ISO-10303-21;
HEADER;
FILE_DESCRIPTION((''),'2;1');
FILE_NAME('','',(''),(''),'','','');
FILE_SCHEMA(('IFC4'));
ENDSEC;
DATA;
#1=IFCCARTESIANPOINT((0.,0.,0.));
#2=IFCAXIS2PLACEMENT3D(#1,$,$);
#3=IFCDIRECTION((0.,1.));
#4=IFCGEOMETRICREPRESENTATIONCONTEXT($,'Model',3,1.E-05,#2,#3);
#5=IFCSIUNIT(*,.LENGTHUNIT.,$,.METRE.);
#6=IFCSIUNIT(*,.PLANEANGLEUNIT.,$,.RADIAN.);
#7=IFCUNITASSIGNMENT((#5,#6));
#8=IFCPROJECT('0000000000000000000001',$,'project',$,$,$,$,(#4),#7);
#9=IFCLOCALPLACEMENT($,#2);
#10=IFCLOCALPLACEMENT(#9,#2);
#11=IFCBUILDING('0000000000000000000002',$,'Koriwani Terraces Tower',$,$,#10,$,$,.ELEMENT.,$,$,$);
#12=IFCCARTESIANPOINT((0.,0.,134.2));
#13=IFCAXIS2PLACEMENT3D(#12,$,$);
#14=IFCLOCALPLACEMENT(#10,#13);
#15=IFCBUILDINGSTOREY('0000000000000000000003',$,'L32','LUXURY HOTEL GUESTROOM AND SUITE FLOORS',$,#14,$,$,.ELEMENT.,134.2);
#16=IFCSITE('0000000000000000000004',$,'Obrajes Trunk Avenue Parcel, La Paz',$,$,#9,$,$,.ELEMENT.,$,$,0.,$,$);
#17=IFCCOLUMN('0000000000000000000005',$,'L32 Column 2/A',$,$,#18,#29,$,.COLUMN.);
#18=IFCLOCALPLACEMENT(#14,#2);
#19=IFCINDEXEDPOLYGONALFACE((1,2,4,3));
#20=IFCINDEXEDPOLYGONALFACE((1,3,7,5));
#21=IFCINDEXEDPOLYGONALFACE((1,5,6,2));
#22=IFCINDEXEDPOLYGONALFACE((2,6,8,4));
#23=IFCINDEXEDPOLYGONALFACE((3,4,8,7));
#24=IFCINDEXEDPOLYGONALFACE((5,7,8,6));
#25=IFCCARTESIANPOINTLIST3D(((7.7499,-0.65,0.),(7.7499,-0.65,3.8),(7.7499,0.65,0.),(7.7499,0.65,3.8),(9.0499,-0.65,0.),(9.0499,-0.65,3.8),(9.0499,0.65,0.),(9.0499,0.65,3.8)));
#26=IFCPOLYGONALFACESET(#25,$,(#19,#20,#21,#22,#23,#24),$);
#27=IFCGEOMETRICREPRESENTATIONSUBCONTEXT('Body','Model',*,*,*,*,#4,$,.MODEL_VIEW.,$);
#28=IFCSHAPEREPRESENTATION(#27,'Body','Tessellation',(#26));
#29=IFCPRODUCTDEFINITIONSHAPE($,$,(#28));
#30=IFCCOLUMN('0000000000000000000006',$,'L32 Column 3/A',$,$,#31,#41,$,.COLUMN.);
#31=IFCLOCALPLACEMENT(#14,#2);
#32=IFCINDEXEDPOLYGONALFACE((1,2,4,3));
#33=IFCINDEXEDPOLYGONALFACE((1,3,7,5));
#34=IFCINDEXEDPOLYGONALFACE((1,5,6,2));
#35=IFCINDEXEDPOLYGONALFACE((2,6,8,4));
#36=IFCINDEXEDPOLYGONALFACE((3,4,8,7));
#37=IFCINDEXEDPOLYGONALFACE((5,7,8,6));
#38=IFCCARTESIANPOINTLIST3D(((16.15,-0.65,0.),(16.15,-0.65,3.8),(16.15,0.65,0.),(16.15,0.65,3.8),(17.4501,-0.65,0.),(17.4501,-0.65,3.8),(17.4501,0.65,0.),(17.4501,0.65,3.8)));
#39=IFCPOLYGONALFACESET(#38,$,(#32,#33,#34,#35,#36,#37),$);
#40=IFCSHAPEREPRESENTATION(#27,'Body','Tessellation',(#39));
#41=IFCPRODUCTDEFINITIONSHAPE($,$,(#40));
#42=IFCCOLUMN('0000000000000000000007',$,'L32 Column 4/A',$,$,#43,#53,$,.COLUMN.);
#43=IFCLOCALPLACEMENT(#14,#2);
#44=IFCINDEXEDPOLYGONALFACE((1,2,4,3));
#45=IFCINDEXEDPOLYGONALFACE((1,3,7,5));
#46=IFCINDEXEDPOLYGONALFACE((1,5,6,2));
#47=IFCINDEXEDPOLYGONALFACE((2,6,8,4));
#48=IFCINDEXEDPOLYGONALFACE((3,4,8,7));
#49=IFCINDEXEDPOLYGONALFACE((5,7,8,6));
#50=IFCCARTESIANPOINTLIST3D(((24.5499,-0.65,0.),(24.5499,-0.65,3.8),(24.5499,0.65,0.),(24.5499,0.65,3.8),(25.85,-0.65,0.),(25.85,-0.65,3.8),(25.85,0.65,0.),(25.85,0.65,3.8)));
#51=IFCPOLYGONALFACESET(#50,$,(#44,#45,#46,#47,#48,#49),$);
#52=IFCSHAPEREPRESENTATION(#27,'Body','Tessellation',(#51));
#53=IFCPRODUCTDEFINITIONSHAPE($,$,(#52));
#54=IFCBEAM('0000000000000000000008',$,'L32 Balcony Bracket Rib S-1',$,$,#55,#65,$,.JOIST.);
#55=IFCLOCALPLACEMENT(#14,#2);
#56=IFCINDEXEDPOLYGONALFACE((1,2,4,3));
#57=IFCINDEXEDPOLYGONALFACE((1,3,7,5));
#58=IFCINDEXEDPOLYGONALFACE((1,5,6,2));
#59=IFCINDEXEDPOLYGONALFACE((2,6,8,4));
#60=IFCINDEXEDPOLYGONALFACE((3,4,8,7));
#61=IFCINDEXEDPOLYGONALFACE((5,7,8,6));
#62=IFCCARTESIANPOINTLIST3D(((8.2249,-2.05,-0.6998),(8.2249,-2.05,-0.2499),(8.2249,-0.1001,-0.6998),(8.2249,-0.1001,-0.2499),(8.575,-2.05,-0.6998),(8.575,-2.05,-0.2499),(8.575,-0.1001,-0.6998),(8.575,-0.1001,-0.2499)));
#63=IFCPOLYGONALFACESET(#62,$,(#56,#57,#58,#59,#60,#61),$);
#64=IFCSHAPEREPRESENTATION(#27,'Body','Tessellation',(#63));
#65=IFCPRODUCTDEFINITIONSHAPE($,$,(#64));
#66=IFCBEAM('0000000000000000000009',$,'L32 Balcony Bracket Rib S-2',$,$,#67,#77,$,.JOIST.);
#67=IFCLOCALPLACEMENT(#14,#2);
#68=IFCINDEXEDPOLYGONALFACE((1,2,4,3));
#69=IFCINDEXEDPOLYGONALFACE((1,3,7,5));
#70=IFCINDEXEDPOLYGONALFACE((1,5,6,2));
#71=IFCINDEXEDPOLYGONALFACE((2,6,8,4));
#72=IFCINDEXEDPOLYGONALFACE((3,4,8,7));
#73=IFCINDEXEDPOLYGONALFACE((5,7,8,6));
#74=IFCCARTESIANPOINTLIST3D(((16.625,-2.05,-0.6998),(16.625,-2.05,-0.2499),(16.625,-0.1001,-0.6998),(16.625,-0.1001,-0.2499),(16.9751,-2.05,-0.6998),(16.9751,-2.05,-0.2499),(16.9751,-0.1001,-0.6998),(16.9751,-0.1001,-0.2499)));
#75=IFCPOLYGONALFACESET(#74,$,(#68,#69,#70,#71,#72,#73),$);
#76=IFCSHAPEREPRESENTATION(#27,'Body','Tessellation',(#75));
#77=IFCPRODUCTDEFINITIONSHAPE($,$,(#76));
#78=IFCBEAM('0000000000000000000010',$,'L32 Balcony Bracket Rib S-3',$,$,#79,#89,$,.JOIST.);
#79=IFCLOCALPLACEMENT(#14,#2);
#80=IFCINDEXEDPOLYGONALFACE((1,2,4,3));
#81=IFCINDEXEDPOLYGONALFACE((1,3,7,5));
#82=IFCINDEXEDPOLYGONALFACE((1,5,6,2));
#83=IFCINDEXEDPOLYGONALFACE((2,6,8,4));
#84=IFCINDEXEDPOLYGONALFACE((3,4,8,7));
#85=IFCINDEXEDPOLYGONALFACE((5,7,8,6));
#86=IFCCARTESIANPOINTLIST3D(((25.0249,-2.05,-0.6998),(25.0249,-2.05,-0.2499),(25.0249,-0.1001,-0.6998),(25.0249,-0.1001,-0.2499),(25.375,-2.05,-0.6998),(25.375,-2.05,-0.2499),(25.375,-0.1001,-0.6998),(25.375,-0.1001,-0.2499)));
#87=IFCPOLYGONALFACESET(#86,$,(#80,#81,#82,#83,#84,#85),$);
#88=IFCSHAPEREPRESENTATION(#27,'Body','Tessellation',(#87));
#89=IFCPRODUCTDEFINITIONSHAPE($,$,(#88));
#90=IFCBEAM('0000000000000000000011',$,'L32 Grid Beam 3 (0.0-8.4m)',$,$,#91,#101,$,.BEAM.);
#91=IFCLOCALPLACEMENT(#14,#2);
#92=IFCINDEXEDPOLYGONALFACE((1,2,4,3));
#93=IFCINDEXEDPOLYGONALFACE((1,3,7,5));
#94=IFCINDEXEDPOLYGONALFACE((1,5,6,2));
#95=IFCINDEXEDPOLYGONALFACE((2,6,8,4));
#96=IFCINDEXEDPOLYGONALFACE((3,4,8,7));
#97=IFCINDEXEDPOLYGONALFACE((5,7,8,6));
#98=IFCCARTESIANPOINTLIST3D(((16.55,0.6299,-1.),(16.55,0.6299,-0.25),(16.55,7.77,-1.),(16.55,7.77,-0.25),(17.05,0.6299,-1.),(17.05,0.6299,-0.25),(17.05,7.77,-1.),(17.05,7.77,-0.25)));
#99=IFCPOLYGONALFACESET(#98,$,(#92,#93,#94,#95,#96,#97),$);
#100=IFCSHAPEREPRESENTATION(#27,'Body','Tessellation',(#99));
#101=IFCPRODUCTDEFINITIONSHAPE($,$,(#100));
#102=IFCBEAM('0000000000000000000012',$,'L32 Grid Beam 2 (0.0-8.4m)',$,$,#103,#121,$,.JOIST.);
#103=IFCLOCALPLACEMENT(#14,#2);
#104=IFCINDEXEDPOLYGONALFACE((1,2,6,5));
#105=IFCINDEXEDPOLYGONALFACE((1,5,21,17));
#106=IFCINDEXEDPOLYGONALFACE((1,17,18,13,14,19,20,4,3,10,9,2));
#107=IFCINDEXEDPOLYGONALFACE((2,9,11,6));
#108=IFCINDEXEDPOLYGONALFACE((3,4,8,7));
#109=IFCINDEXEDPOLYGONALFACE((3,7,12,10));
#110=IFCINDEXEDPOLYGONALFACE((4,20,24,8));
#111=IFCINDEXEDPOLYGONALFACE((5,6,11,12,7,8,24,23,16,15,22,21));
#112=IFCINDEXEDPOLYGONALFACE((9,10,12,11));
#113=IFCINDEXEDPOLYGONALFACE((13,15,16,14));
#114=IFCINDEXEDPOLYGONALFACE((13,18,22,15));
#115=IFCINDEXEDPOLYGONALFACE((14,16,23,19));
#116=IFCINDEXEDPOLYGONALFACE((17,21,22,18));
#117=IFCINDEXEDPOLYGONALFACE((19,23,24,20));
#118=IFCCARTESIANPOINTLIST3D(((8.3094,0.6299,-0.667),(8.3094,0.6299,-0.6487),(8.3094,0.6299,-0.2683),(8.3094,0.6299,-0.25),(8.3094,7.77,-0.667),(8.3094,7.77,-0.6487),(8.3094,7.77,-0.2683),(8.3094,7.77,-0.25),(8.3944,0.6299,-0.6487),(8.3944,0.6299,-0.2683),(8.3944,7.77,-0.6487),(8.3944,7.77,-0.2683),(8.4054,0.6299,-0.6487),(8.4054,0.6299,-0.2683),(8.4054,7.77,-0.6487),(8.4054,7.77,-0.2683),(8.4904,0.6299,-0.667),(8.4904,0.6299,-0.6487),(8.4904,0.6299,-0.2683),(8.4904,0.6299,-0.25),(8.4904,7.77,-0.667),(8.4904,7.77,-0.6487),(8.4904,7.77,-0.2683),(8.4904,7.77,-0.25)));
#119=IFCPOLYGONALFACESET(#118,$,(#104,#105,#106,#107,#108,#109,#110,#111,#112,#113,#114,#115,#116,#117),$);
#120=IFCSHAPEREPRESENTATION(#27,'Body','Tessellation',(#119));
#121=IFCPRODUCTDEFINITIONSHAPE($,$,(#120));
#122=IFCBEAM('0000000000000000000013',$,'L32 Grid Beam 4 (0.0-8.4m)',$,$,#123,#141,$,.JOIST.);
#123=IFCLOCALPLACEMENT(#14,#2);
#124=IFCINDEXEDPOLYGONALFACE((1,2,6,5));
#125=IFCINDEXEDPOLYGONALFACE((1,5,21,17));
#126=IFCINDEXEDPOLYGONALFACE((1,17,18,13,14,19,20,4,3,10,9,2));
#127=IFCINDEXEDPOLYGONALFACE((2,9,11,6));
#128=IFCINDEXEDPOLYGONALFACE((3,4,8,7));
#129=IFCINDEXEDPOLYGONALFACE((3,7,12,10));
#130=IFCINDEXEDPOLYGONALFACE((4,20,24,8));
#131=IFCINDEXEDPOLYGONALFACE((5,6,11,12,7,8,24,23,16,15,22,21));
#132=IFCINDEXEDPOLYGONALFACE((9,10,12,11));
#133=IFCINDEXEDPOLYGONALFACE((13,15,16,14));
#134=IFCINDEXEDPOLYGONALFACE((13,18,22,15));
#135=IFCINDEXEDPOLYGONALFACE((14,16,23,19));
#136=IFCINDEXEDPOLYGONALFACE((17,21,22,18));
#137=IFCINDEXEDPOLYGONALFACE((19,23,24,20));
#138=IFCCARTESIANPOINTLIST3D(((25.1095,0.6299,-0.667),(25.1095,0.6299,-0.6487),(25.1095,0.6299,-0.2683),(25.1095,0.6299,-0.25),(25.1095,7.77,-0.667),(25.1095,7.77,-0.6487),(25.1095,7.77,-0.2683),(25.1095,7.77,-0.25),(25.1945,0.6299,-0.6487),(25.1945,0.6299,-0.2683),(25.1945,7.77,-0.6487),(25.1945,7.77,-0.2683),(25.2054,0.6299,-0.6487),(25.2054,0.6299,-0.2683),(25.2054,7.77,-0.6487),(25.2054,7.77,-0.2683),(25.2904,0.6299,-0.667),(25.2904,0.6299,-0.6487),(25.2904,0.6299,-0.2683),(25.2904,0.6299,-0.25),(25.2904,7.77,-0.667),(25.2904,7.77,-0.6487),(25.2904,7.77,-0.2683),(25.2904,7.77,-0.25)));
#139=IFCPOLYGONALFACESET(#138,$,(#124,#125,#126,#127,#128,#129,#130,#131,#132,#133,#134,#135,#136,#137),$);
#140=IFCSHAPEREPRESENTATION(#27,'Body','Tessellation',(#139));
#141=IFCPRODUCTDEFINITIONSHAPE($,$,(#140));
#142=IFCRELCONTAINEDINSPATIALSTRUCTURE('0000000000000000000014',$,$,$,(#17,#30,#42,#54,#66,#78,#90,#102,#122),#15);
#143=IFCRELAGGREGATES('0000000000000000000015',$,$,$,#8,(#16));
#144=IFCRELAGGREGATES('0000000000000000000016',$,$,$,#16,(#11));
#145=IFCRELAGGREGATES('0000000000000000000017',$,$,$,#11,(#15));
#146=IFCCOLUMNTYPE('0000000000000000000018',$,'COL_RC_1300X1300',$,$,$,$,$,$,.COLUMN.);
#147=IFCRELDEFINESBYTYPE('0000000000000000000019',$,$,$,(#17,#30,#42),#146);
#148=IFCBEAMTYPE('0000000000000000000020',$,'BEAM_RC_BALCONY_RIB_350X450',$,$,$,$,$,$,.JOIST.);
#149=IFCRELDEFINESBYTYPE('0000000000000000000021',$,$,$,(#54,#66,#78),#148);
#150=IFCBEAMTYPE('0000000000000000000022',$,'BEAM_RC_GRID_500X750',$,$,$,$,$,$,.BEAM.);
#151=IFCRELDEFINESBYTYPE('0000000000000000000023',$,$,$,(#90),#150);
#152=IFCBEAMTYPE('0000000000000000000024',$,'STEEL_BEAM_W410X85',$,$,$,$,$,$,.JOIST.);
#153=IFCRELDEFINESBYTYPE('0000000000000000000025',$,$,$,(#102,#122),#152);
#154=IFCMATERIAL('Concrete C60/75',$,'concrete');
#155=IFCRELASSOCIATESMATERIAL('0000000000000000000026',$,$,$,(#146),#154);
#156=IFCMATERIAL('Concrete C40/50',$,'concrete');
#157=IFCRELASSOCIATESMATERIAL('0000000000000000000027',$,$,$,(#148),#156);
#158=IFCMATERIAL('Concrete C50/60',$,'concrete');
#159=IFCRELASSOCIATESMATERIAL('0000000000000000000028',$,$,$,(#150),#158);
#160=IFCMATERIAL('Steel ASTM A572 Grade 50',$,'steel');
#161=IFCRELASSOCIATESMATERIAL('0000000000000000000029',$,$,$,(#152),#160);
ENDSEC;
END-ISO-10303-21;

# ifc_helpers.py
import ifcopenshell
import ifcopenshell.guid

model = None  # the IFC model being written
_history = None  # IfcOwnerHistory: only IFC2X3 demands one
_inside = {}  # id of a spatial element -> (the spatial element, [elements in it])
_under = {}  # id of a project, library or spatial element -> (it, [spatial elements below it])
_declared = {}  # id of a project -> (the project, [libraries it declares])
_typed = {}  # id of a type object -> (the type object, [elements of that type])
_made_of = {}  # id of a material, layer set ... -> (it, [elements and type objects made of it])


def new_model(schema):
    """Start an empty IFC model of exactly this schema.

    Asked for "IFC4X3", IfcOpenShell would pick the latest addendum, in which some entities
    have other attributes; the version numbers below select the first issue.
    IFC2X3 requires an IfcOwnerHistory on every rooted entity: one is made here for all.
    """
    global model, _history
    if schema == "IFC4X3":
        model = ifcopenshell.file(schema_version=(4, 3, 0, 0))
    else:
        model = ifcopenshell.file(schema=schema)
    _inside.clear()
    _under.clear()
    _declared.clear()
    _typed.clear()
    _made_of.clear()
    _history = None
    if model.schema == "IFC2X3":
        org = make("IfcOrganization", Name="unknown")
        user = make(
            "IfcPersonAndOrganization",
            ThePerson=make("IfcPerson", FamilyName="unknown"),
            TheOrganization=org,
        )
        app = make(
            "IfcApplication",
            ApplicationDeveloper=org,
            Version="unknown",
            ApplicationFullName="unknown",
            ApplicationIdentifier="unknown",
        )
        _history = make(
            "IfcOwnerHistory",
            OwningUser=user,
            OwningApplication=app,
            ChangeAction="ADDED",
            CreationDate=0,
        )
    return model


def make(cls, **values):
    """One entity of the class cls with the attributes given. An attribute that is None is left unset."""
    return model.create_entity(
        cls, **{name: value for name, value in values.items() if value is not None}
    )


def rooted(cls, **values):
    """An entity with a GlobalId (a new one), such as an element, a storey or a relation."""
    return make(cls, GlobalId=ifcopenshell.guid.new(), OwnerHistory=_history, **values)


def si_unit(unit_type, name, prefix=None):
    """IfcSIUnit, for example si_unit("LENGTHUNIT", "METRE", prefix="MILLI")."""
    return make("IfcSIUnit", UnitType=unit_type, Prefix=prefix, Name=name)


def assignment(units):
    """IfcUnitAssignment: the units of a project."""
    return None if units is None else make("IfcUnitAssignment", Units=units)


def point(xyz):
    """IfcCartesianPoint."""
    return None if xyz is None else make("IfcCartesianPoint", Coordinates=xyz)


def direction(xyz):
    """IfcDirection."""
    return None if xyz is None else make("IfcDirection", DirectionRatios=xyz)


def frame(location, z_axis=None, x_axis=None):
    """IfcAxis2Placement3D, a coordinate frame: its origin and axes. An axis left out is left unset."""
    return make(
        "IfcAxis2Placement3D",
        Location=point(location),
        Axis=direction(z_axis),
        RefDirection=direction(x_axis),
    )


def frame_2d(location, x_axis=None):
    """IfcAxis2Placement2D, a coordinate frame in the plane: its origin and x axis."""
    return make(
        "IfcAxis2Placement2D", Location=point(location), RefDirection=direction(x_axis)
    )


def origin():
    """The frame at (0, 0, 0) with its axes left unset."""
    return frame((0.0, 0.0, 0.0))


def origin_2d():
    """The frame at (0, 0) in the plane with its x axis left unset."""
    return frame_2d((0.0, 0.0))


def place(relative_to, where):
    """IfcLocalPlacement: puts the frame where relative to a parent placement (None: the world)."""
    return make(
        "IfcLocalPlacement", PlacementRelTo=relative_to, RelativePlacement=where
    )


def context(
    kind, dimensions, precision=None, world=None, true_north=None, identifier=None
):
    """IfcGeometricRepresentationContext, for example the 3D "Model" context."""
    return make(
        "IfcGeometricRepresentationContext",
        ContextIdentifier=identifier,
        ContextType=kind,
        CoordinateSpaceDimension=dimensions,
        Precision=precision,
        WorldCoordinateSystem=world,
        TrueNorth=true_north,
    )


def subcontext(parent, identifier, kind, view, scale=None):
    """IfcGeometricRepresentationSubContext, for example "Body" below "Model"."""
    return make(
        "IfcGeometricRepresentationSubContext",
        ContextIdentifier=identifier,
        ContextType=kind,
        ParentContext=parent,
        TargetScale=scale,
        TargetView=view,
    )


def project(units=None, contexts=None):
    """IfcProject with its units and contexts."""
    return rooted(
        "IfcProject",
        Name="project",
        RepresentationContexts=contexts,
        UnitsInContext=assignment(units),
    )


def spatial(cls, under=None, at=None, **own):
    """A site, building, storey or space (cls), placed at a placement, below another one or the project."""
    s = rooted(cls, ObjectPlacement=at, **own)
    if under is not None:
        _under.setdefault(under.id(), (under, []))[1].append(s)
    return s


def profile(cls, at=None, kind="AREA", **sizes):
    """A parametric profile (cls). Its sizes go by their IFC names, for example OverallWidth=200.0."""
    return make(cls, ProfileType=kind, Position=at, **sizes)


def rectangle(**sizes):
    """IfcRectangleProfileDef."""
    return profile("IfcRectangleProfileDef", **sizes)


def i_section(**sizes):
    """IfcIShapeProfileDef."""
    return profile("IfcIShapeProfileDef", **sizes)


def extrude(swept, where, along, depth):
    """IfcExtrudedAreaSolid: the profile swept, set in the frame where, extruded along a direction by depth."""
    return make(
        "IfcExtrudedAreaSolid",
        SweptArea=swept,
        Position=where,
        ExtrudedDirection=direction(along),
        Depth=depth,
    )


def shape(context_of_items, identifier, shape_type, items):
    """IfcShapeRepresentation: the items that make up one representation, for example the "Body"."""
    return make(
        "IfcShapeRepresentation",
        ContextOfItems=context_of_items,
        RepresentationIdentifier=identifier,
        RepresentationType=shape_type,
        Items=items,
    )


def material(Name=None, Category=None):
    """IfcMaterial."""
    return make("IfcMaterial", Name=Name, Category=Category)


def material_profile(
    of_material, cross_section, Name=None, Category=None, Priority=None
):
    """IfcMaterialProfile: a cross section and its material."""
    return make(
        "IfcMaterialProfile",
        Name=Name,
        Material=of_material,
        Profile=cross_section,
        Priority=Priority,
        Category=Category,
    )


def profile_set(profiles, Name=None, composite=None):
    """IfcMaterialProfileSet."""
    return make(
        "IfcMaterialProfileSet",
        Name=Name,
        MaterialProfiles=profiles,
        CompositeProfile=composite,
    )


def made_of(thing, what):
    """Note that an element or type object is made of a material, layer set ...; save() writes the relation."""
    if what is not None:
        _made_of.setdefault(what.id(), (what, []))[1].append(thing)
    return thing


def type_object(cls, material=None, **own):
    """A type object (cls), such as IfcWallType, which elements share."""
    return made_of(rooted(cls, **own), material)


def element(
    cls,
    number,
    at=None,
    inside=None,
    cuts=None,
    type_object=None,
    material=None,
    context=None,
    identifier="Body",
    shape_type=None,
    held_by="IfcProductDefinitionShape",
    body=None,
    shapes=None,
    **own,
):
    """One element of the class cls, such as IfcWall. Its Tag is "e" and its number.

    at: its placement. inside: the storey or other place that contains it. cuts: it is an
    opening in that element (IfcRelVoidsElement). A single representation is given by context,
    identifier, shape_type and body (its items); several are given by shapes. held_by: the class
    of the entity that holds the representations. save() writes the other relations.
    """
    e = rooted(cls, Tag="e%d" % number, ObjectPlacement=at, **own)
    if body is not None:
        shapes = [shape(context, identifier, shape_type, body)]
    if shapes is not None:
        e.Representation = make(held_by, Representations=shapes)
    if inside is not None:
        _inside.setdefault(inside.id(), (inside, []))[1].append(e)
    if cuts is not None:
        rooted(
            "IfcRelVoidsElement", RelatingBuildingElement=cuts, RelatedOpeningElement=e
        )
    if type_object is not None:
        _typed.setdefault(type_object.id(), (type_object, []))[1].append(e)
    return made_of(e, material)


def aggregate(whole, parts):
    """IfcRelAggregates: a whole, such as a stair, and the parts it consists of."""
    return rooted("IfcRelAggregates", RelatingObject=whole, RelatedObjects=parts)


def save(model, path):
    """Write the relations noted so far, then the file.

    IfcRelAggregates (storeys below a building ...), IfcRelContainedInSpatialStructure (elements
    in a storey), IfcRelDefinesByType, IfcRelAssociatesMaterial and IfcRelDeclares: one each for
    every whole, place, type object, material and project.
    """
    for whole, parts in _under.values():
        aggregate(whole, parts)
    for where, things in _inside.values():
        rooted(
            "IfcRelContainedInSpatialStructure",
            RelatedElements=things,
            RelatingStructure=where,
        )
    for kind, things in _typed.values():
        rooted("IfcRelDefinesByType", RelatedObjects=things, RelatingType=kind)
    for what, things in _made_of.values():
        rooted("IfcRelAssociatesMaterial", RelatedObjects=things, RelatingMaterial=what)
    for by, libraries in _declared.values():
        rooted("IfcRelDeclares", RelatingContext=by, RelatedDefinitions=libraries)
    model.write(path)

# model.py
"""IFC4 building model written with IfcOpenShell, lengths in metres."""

from ifc_helpers import new_model, si_unit, direction, frame, origin, origin_2d, place, context, subcontext, project, spatial, rectangle, i_section, extrude, material, material_profile, profile_set, type_object, element, save


model = new_model("IFC4")

# Units and contexts
model_context = context("Model", 3, precision=1e-05, world=origin(), true_north=direction((0.0, 1.0)))
body_context = subcontext(model_context, "Body", "Model", "MODEL_VIEW")
ifc_project = project(units=[si_unit("LENGTHUNIT", "METRE"), si_unit("PLANEANGLEUNIT", "RADIAN")], contexts=[model_context])

# Site, building, storey
site_placement = place(None, origin())
site = spatial("IfcSite", under=ifc_project, at=site_placement, Name="Obrajes Trunk Avenue Parcel, La Paz", CompositionType="ELEMENT", RefElevation=0.0)
building_placement = place(site_placement, origin())
building = spatial("IfcBuilding", under=site, at=building_placement, Name="Koriwani Terraces Tower", CompositionType="ELEMENT")
storey_placement = place(building_placement, frame((0.0, 0.0, 134.2)))
storey = spatial("IfcBuildingStorey", under=building, at=storey_placement, Name="L32", Description="LUXURY HOTEL GUESTROOM AND SUITE FLOORS", CompositionType="ELEMENT", Elevation=134.2)

# Columns
ifc_material_1 = material(Name="Concrete C60/75", Category="concrete")
ifc_material_profile_1 = material_profile(ifc_material_1, rectangle(XDim=1.3, YDim=1.3, at=origin_2d()), Name="Concrete C60/75", Category="LoadBearing")
ifc_profile_set_1 = profile_set([ifc_material_profile_1], Name="Concrete C60/75")
column_type = type_object("IfcColumnType", Name="COL_RC_1300X1300", PredefinedType="COLUMN", material=ifc_profile_set_1)
for number, where, z_axis, x_axis, name in (
    (1, (8.3999, 0.0, 0.0), (0.0, 0.0, 1.0), (1.0, 0.0, 0.0), "L32 Column 2/A"),
    (2, (16.8, 0.0, 0.0), (0.0, 0.0, 1.0), (1.0, 0.0, 0.0), "L32 Column 3/A"),
    (3, (25.2, 0.0, 0.0), (0.0, 0.0, 1.0), (1.0, 0.0, 0.0), "L32 Column 4/A"),
):
    element("IfcColumn", number, at=place(storey_placement, frame(where, z_axis=z_axis, x_axis=x_axis)), inside=storey, type_object=column_type, Name=name, PredefinedType="COLUMN", context=body_context, shape_type="SweptSolid", body=[
        extrude(rectangle(XDim=1.3, YDim=1.3, at=origin_2d()), origin(), (0.0, 0.0, 1.0), 3.8),
    ])

# Beams
ifc_material_2 = material(Name="Concrete C40/50", Category="concrete")
ifc_material_profile_2 = material_profile(ifc_material_2, rectangle(XDim=0.3501, YDim=0.45, at=origin_2d()), Name="Concrete C40/50", Category="LoadBearing")
ifc_profile_set_2 = profile_set([ifc_material_profile_2], Name="Concrete C40/50")
beam_type_1 = type_object("IfcBeamType", Name="BEAM_RC_BALCONY_RIB_350X450", PredefinedType="JOIST", material=ifc_profile_set_2)
for number, where, z_axis, x_axis, name in (
    (4, (8.3999, -2.05, -0.4749), (0.0, 1.0, 0.0), (-1.0, 0.0, 0.0), "L32 Balcony Bracket Rib S-1"),
    (5, (16.8, -2.05, -0.4749), (0.0, 1.0, 0.0), (-1.0, 0.0, 0.0), "L32 Balcony Bracket Rib S-2"),
    (6, (25.2, -2.05, -0.4749), (0.0, 1.0, 0.0), (-1.0, 0.0, 0.0), "L32 Balcony Bracket Rib S-3"),
):
    element("IfcBeam", number, at=place(storey_placement, frame(where, z_axis=z_axis, x_axis=x_axis)), inside=storey, type_object=beam_type_1, Name=name, PredefinedType="JOIST", context=body_context, shape_type="SweptSolid", body=[
        extrude(rectangle(XDim=0.3501, YDim=0.45, at=origin_2d()), origin(), (0.0, 0.0, 1.0), 1.95),
    ])
ifc_material_3 = material(Name="Concrete C50/60", Category="concrete")
ifc_material_profile_3 = material_profile(ifc_material_3, rectangle(XDim=0.5, YDim=0.75, at=origin_2d()), Name="Concrete C50/60", Category="LoadBearing")
ifc_profile_set_3 = profile_set([ifc_material_profile_3], Name="Concrete C50/60")
beam_type_2 = type_object("IfcBeamType", Name="BEAM_RC_GRID_500X750", PredefinedType="BEAM", material=ifc_profile_set_3)
beam_placement = place(storey_placement, frame((16.8, 0.6299, -0.625), z_axis=(0.0, 1.0, 0.0), x_axis=(-1.0, 0.0, 0.0)))
element("IfcBeam", 7, at=beam_placement, inside=storey, type_object=beam_type_2, Name="L32 Grid Beam 3 (0.0-8.4m)", PredefinedType="BEAM", context=body_context, shape_type="SweptSolid", body=[
    extrude(rectangle(XDim=0.5, YDim=0.75, at=origin_2d()), origin(), (0.0, 0.0, 1.0), 7.1401),
])
ifc_material_4 = material(Name="Steel ASTM A572 Grade 50", Category="steel")
ifc_material_profile_4 = material_profile(ifc_material_4, i_section(OverallWidth=0.1809, OverallDepth=0.417, WebThickness=0.011, FlangeThickness=0.0183, at=origin_2d()), Name="Steel ASTM A572 Grade 50", Category="LoadBearing")
ifc_profile_set_4 = profile_set([ifc_material_profile_4], Name="Steel ASTM A572 Grade 50")
beam_type_3 = type_object("IfcBeamType", Name="STEEL_BEAM_W410X85", PredefinedType="JOIST", material=ifc_profile_set_4)
for number, where, z_axis, x_axis, name in (
    (8, (8.3999, 0.6299, -0.4585), (0.0, 1.0, 0.0), (-1.0, 0.0, 0.0), "L32 Grid Beam 2 (0.0-8.4m)"),
    (9, (25.2, 0.6299, -0.4585), (0.0, 1.0, 0.0), (-1.0, 0.0, 0.0), "L32 Grid Beam 4 (0.0-8.4m)"),
):
    element("IfcBeam", number, at=place(storey_placement, frame(where, z_axis=z_axis, x_axis=x_axis)), inside=storey, type_object=beam_type_3, Name=name, PredefinedType="JOIST", context=body_context, shape_type="SweptSolid", body=[
        extrude(i_section(OverallWidth=0.1809, OverallDepth=0.417, WebThickness=0.011, FlangeThickness=0.0183, at=origin_2d()), origin(), (0.0, 0.0, 1.0), 7.1401),
    ])

save(model, "model.ifc")
